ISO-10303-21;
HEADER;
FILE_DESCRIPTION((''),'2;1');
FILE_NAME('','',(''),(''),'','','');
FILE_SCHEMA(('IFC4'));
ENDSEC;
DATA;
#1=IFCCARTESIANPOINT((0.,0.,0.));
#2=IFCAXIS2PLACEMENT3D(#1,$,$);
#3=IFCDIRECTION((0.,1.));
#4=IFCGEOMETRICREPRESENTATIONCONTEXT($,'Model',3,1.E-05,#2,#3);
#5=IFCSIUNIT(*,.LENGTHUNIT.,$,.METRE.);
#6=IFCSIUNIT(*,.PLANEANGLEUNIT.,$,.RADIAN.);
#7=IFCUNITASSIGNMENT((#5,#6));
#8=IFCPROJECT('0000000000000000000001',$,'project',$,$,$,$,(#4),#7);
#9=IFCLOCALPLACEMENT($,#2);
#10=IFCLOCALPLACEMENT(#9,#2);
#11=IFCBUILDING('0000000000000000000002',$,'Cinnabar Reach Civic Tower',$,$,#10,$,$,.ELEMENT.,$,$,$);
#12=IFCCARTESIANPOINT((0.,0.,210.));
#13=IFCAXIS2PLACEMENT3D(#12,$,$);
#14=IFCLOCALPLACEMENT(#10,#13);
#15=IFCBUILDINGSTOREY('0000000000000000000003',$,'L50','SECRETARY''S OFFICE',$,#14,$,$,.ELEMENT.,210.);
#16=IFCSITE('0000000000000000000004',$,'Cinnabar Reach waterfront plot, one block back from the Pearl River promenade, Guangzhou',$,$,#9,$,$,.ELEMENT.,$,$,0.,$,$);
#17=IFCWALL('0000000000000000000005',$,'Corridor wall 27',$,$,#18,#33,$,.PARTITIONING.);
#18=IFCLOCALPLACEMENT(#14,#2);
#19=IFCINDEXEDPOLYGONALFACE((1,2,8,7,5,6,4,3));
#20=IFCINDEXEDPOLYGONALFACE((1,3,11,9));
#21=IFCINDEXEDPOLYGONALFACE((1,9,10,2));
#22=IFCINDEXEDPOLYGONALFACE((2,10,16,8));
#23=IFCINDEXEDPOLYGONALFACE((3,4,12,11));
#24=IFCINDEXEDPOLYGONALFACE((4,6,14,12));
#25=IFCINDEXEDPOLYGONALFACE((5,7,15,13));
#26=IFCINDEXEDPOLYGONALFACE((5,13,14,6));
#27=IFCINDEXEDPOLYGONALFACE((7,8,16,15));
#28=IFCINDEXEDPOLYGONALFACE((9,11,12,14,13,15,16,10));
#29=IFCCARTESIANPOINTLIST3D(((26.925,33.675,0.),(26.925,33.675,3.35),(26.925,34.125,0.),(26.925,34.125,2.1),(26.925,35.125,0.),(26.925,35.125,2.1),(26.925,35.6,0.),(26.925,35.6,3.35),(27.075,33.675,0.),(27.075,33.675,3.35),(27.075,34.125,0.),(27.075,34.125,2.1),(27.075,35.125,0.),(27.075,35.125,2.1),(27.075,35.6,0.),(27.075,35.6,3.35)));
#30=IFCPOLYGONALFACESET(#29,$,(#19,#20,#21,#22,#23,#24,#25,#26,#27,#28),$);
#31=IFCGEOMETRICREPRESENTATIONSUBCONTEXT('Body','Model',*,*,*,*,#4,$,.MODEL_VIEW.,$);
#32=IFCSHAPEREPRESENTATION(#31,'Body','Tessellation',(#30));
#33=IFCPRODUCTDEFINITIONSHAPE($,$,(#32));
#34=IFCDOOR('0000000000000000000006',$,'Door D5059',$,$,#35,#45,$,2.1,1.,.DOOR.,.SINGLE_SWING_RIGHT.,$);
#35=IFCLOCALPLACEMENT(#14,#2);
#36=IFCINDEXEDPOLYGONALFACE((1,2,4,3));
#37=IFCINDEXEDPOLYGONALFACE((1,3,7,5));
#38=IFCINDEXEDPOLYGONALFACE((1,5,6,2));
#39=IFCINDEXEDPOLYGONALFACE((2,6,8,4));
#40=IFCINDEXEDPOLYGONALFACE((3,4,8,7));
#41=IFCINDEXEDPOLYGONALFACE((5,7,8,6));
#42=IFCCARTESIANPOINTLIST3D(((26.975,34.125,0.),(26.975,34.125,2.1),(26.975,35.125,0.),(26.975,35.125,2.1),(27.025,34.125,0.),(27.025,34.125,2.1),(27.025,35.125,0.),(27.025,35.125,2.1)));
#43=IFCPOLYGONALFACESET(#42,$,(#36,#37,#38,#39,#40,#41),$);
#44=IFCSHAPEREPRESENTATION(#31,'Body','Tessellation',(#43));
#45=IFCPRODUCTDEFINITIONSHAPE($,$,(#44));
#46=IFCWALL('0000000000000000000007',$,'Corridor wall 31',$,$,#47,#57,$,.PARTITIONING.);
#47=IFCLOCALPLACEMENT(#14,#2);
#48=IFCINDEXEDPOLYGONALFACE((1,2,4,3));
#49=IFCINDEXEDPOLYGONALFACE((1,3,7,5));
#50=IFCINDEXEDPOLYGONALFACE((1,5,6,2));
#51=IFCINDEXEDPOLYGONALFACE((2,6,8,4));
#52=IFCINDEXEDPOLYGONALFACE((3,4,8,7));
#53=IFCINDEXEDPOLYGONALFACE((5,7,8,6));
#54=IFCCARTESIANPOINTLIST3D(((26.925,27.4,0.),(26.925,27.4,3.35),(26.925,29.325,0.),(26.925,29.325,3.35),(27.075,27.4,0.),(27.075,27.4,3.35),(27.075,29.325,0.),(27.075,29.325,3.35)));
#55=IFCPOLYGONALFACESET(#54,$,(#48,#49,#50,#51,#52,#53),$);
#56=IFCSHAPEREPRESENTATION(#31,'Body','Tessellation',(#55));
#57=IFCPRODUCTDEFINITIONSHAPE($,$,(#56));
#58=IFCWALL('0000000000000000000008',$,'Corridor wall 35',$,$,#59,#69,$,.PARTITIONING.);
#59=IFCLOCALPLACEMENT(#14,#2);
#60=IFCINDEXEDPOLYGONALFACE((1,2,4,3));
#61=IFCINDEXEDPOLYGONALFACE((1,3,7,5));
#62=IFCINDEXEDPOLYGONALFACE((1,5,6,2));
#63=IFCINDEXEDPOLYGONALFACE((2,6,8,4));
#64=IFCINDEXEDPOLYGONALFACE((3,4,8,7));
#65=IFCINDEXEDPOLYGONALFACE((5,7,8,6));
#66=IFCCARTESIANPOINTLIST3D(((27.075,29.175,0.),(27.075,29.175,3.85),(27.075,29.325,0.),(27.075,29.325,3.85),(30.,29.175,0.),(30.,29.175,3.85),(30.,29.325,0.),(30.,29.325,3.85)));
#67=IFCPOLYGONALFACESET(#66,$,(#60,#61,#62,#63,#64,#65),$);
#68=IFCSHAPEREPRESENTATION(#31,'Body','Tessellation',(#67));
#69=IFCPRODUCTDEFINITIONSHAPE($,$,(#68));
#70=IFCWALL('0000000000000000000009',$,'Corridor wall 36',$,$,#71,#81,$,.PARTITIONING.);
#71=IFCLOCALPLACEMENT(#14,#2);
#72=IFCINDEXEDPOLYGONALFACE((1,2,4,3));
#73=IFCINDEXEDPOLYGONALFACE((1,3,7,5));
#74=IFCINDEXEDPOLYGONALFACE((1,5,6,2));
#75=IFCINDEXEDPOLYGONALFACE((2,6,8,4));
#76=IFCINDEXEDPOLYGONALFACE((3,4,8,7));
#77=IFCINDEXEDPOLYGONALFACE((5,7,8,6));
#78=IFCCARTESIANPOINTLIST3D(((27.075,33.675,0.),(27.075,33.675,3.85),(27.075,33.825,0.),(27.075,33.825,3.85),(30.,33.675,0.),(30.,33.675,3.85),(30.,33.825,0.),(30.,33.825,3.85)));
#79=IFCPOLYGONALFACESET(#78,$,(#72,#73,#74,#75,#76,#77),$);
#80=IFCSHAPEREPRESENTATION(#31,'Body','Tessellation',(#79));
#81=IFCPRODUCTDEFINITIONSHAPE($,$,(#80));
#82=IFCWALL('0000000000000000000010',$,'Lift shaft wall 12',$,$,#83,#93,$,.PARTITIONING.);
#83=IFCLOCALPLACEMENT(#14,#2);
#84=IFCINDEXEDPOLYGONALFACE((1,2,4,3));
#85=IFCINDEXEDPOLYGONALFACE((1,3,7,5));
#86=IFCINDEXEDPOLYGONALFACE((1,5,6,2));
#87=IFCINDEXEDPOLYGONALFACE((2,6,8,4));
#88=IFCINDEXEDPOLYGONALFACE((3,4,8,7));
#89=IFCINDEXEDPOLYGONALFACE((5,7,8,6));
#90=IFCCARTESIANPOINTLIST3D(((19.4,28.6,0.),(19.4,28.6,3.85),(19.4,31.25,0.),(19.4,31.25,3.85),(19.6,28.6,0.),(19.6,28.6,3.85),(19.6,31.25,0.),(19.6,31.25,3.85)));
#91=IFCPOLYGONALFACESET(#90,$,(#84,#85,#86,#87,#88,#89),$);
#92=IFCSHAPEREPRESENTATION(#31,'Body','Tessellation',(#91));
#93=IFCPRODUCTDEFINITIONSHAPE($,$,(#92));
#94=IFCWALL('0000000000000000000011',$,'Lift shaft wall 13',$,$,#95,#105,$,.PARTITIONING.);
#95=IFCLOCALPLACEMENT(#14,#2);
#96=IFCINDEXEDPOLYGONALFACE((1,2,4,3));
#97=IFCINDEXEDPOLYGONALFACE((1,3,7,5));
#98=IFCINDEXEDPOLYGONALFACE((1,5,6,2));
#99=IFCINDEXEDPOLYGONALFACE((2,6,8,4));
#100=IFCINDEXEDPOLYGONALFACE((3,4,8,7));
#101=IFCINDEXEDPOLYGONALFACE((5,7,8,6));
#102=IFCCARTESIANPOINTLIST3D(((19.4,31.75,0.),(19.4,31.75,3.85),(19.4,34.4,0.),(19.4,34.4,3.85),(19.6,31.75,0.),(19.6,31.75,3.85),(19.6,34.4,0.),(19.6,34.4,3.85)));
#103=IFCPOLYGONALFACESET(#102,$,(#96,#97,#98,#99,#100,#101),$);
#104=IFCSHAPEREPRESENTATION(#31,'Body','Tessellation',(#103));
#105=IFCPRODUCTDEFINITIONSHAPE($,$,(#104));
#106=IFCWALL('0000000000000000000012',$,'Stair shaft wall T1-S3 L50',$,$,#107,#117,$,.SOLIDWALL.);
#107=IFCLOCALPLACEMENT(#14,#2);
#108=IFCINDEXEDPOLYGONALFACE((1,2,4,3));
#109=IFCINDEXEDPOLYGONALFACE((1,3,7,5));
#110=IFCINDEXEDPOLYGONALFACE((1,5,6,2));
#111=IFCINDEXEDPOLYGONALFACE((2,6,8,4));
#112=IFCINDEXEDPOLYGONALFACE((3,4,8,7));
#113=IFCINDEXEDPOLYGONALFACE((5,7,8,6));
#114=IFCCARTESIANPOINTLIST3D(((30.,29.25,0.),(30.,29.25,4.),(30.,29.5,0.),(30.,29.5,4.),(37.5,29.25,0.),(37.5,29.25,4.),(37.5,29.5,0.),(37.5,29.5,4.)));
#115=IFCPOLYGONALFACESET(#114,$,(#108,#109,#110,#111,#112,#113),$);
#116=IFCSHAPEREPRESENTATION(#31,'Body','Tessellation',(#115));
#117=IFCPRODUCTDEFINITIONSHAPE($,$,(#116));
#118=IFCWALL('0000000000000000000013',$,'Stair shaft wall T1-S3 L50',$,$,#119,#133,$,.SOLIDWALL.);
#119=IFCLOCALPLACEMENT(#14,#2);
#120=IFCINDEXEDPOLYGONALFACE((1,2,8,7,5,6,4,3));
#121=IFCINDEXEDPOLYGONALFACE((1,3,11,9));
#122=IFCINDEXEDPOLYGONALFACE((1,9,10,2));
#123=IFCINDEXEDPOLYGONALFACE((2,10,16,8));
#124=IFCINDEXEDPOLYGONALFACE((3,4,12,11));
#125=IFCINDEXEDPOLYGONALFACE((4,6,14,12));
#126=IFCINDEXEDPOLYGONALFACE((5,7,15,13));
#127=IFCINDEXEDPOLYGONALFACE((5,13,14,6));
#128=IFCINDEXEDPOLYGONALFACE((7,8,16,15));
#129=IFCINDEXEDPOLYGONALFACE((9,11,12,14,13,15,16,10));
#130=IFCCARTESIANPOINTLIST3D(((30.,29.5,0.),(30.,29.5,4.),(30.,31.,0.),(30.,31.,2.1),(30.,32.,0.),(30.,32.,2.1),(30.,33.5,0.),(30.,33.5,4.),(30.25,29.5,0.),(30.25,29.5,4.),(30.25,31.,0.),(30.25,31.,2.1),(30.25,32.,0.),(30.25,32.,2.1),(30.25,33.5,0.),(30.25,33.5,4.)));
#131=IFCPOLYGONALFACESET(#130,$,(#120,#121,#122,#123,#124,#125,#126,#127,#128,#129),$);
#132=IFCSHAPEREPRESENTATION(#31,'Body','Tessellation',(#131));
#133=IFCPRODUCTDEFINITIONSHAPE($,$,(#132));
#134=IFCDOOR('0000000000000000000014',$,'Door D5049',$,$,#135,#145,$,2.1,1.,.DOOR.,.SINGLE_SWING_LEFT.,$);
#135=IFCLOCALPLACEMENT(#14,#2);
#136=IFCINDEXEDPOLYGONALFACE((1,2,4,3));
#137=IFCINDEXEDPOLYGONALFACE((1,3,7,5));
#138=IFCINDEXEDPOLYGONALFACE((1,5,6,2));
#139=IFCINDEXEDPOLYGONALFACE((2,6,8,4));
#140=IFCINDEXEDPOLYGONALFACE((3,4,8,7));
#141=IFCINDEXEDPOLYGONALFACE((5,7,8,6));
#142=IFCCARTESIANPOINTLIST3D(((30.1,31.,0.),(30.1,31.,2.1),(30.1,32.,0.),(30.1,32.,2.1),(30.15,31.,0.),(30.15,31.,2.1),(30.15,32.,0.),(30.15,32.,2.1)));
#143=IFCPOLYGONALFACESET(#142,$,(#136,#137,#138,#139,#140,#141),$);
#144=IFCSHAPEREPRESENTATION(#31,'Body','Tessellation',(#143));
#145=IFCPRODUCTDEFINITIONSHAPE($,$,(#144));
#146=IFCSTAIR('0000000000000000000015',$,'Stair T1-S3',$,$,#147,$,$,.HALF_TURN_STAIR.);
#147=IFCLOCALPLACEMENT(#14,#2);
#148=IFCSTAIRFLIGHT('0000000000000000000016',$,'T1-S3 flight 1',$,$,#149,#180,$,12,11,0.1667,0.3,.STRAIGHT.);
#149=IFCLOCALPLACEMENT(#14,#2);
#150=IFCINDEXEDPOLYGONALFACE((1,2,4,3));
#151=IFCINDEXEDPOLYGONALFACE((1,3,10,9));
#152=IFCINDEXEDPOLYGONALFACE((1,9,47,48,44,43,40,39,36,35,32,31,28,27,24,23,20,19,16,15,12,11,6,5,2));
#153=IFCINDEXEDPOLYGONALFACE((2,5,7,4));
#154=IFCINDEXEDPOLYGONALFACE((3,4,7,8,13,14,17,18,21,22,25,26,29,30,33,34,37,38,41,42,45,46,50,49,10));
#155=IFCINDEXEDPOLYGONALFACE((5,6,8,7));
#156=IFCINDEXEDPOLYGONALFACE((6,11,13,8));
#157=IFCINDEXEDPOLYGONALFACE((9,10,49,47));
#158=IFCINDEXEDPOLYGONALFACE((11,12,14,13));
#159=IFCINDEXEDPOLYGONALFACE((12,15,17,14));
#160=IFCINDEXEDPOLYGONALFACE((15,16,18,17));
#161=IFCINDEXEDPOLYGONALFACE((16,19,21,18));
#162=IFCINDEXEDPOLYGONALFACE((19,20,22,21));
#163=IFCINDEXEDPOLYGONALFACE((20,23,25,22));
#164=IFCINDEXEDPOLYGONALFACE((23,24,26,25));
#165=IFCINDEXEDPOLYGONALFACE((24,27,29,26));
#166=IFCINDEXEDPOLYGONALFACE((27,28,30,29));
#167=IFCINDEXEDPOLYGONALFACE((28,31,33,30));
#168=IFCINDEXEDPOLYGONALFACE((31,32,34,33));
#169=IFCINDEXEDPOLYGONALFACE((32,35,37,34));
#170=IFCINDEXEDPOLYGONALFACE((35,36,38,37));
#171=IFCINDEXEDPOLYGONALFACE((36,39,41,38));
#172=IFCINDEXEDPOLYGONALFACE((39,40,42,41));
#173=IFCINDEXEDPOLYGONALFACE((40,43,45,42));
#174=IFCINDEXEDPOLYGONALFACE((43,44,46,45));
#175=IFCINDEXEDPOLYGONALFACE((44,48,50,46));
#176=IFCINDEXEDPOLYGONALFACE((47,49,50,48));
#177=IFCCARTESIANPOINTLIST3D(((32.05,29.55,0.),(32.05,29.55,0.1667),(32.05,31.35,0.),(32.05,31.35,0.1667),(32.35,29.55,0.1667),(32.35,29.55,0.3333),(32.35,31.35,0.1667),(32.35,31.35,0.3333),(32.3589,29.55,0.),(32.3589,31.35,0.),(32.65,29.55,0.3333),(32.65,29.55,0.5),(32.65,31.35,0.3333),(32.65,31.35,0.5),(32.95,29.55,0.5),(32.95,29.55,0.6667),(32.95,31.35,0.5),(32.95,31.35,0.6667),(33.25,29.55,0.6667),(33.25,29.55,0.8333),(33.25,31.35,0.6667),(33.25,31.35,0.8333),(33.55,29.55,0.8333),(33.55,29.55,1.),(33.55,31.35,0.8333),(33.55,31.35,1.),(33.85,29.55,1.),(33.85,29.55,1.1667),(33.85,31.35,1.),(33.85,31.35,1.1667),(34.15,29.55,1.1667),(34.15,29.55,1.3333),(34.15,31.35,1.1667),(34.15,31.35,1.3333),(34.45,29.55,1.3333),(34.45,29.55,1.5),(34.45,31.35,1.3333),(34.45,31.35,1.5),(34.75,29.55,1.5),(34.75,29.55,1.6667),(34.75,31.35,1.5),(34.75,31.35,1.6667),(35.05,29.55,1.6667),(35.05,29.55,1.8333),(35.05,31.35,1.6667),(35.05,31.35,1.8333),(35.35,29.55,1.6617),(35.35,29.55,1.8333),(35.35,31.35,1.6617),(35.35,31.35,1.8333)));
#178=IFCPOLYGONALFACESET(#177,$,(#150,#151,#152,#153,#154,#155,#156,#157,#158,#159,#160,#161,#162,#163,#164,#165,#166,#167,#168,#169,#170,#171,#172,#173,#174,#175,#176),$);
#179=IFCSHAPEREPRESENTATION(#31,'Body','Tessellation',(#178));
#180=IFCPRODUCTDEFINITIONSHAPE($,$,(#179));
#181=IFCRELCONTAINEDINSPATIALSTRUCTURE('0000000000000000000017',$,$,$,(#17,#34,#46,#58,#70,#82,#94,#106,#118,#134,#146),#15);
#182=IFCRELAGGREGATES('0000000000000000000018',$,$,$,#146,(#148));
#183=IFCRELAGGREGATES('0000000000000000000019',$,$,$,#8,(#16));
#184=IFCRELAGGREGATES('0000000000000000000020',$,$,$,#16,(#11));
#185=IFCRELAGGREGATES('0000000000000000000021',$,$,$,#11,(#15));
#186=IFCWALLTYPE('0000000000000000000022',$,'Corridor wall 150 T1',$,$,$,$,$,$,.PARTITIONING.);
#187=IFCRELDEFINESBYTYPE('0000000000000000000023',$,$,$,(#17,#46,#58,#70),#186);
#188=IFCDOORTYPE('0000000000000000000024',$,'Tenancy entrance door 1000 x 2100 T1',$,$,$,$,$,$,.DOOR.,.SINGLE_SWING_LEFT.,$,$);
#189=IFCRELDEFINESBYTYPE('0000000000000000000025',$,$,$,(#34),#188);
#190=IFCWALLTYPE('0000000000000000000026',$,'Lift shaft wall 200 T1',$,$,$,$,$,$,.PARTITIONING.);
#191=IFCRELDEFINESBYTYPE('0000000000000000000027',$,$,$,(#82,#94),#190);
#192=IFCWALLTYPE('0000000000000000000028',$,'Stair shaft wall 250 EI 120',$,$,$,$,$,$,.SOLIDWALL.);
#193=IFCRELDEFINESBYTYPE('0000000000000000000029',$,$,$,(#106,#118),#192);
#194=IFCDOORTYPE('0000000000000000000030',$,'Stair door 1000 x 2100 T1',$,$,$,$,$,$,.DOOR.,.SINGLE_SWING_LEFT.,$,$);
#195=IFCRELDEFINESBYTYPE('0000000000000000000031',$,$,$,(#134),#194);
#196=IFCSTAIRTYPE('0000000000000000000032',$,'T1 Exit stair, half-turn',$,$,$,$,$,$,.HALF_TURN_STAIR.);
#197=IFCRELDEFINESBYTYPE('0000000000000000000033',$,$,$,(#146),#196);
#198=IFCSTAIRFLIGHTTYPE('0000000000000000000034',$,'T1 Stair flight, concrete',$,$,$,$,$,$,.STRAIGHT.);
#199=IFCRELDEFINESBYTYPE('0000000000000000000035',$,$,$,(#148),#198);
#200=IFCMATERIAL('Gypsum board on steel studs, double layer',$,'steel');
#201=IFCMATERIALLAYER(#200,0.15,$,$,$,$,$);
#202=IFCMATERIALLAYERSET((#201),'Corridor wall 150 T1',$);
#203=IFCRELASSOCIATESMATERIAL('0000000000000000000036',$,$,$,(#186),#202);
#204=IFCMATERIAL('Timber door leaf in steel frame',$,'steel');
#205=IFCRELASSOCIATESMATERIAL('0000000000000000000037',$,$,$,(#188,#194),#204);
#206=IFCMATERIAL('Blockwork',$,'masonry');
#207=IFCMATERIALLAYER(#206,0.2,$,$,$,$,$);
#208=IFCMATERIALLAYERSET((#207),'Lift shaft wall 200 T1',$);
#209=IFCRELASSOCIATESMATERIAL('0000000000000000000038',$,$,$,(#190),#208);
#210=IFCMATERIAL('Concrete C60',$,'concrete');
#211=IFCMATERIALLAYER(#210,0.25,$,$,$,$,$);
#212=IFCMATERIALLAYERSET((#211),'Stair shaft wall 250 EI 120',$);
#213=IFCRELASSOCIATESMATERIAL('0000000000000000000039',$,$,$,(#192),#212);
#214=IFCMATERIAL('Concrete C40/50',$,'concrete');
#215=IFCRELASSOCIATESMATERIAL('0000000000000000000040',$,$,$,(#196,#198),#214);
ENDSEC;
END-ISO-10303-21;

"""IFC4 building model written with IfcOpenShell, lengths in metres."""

from ifc_helpers import new_model, si_unit, direction, frame, frame_2d, origin, place, context, subcontext, project, spatial, polyline, rectangle, outline, extrude, material, layer, layer_set, type_object, element, fill, aggregate, save


model = new_model("IFC4")

# Units and contexts
model_context = context("Model", 3, precision=1e-05, world=origin(), true_north=direction((0.0, 1.0)))
body_context = subcontext(model_context, "Body", "Model", "MODEL_VIEW")
ifc_project = project(units=[si_unit("LENGTHUNIT", "METRE"), si_unit("PLANEANGLEUNIT", "RADIAN")], contexts=[model_context])

# Site, building, storey
site_placement = place(None, origin())
site = spatial("IfcSite", under=ifc_project, at=site_placement, Name="Cinnabar Reach waterfront plot, one block back from the Pearl River promenade, Guangzhou", CompositionType="ELEMENT", RefElevation=0.0)
building_placement = place(site_placement, origin())
building = spatial("IfcBuilding", under=site, at=building_placement, Name="Cinnabar Reach Civic Tower", CompositionType="ELEMENT")
storey_placement = place(building_placement, frame((0.0, 0.0, 210.0)))
storey = spatial("IfcBuildingStorey", under=building, at=storey_placement, Name="L50", Description="SECRETARY'S OFFICE", CompositionType="ELEMENT", Elevation=210.0)

# Shared definitions
ifc_material_1 = material(Name="Concrete C60", Category="concrete")

# Shared definitions
ifc_material_2 = material(Name="Timber door leaf in steel frame", Category="steel")

# Wall, opening, door
ifc_material_3 = material(Name="Gypsum board on steel studs, double layer", Category="steel")
ifc_layer_1 = layer(ifc_material_3, 0.15)
ifc_layer_set_1 = layer_set([ifc_layer_1], Name="Corridor wall 150 T1")
wall_type_1 = type_object("IfcWallType", Name="Corridor wall 150 T1", PredefinedType="PARTITIONING", material=ifc_layer_set_1)
wall_1_placement = place(storey_placement, frame((27.0, 33.675, 0.0), z_axis=(0.0, 0.0, 1.0), x_axis=(0.0, 1.0, 0.0)))
wall_1 = element("IfcWall", 1, at=wall_1_placement, inside=storey, type_object=wall_type_1, Name="Corridor wall 27", PredefinedType="PARTITIONING", context=body_context, shape_type="SweptSolid", body=[
    extrude(rectangle(XDim=1.925, YDim=0.15, at=frame_2d((0.9625, 0.0))), origin(), (0.0, 0.0, 1.0), 3.35),
])
opening_1_placement = place(wall_1_placement, frame((0.45, 0.0, 0.0)))
opening_1 = element("IfcOpeningElement", 2, at=opening_1_placement, cuts=wall_1, PredefinedType="OPENING", context=body_context, shape_type="SweptSolid", body=[
    extrude(rectangle(XDim=1.0, YDim=2.1, at=frame_2d((0.5, 1.05))), frame((0.0, 0.085, 0.0), z_axis=(0.0, -1.0, 0.0), x_axis=(1.0, 0.0, 0.0)), (0.0, 0.0, 1.0), 0.17),
])
door_type_1 = type_object("IfcDoorType", Name="Tenancy entrance door 1000 x 2100 T1", OperationType="SINGLE_SWING_LEFT", PredefinedType="DOOR", material=ifc_material_2)
door_1_placement = place(opening_1_placement, frame((1.0, 0.0, 0.0), z_axis=(0.0, 0.0, 1.0), x_axis=(-1.0, 0.0, 0.0)))
door_1 = element("IfcDoor", 3, at=door_1_placement, inside=storey, type_object=door_type_1, Name="Door D5059", OperationType="SINGLE_SWING_RIGHT", OverallHeight=2.1, OverallWidth=1.0, PredefinedType="DOOR", context=body_context, shape_type="SweptSolid", body=[
    extrude(rectangle(XDim=1.0, YDim=2.1, at=frame_2d((0.5, 1.05))), frame((0.0, 0.025, 0.0), z_axis=(0.0, -1.0, 0.0), x_axis=(1.0, 0.0, 0.0)), (0.0, 0.0, 1.0), 0.05),
])
fill(opening_1, door_1)

# Walls
wall_2_placement = place(storey_placement, frame((27.0, 27.4, 0.0), z_axis=(0.0, 0.0, 1.0), x_axis=(0.0, 1.0, 0.0)))
element("IfcWall", 4, at=wall_2_placement, inside=storey, type_object=wall_type_1, Name="Corridor wall 31", PredefinedType="PARTITIONING", context=body_context, shape_type="SweptSolid", body=[
    extrude(rectangle(XDim=1.925, YDim=0.15, at=frame_2d((0.9625, 0.0))), origin(), (0.0, 0.0, 1.0), 3.35),
])
for number, where, z_axis, x_axis, name in (
    (5, (27.075, 29.25, 0.0), (0.0, 0.0, 1.0), (1.0, 0.0, 0.0), "Corridor wall 35"),
    (6, (27.075, 33.75, 0.0), (0.0, 0.0, 1.0), (1.0, 0.0, 0.0), "Corridor wall 36"),
):
    element("IfcWall", number, at=place(storey_placement, frame(where, z_axis=z_axis, x_axis=x_axis)), inside=storey, type_object=wall_type_1, Name=name, PredefinedType="PARTITIONING", context=body_context, shape_type="SweptSolid", body=[
        extrude(rectangle(XDim=2.925, YDim=0.15, at=frame_2d((1.4625, 0.0))), origin(), (0.0, 0.0, 1.0), 3.85),
    ])
ifc_material_4 = material(Name="Blockwork", Category="masonry")
ifc_layer_2 = layer(ifc_material_4, 0.2)
ifc_layer_set_2 = layer_set([ifc_layer_2], Name="Lift shaft wall 200 T1")
wall_type_2 = type_object("IfcWallType", Name="Lift shaft wall 200 T1", PredefinedType="PARTITIONING", material=ifc_layer_set_2)
for number, where, z_axis, x_axis, name in (
    (7, (19.5, 28.6, 0.0), (0.0, 0.0, 1.0), (0.0, 1.0, 0.0), "Lift shaft wall 12"),
    (8, (19.5, 31.75, 0.0), (0.0, 0.0, 1.0), (0.0, 1.0, 0.0), "Lift shaft wall 13"),
):
    element("IfcWall", number, at=place(storey_placement, frame(where, z_axis=z_axis, x_axis=x_axis)), inside=storey, type_object=wall_type_2, Name=name, PredefinedType="PARTITIONING", context=body_context, shape_type="SweptSolid", body=[
        extrude(rectangle(XDim=2.65, YDim=0.2, at=frame_2d((1.325, 0.0))), origin(), (0.0, 0.0, 1.0), 3.85),
    ])
ifc_layer_3 = layer(ifc_material_1, 0.25)
ifc_layer_set_3 = layer_set([ifc_layer_3], Name="Stair shaft wall 250 EI 120")
wall_type_3 = type_object("IfcWallType", Name="Stair shaft wall 250 EI 120", PredefinedType="SOLIDWALL", material=ifc_layer_set_3)
wall_3_placement = place(storey_placement, frame((30.0, 29.375, 0.0), z_axis=(0.0, 0.0, 1.0), x_axis=(1.0, 0.0, 0.0)))
element("IfcWall", 9, at=wall_3_placement, inside=storey, type_object=wall_type_3, Name="Stair shaft wall T1-S3 L50", PredefinedType="SOLIDWALL", context=body_context, shape_type="SweptSolid", body=[
    extrude(rectangle(XDim=7.5, YDim=0.25, at=frame_2d((3.75, 0.0))), origin(), (0.0, 0.0, 1.0), 4.0),
])

# Wall, opening, door
wall_4_placement = place(storey_placement, frame((30.125, 33.5, 0.0), z_axis=(0.0, 0.0, 1.0), x_axis=(0.0, -1.0, 0.0)))
wall_4 = element("IfcWall", 10, at=wall_4_placement, inside=storey, type_object=wall_type_3, Name="Stair shaft wall T1-S3 L50", PredefinedType="SOLIDWALL", context=body_context, shape_type="SweptSolid", body=[
    extrude(rectangle(XDim=4.0, YDim=0.25, at=frame_2d((2.0, 0.0))), origin(), (0.0, 0.0, 1.0), 4.0),
])
opening_2_placement = place(wall_4_placement, frame((1.5, 0.0, 0.0)))
opening_2 = element("IfcOpeningElement", 11, at=opening_2_placement, cuts=wall_4, PredefinedType="OPENING", context=body_context, shape_type="SweptSolid", body=[
    extrude(rectangle(XDim=1.0, YDim=2.1, at=frame_2d((0.5, 1.05))), frame((0.0, 0.135, 0.0), z_axis=(0.0, -1.0, 0.0), x_axis=(1.0, 0.0, 0.0)), (0.0, 0.0, 1.0), 0.27),
])
door_type_2 = type_object("IfcDoorType", Name="Stair door 1000 x 2100 T1", OperationType="SINGLE_SWING_LEFT", PredefinedType="DOOR", material=ifc_material_2)
door_2_placement = place(opening_2_placement, origin())
door_2 = element("IfcDoor", 12, at=door_2_placement, inside=storey, type_object=door_type_2, Name="Door D5049", OperationType="SINGLE_SWING_LEFT", OverallHeight=2.1, OverallWidth=1.0, PredefinedType="DOOR", context=body_context, shape_type="SweptSolid", body=[
    extrude(rectangle(XDim=1.0, YDim=2.1, at=frame_2d((0.5, 1.05))), frame((0.0, 0.025, 0.0), z_axis=(0.0, -1.0, 0.0), x_axis=(1.0, 0.0, 0.0)), (0.0, 0.0, 1.0), 0.05),
])
fill(opening_2, door_2)

# Stair, stair flight
ifc_material_5 = material(Name="Concrete C40/50", Category="concrete")
stair_type = type_object("IfcStairType", Name="T1 Exit stair, half-turn", PredefinedType="HALF_TURN_STAIR", material=ifc_material_5)
stair_placement = place(storey_placement, origin())
stair = element("IfcStair", 13, at=stair_placement, inside=storey, type_object=stair_type, Name="Stair T1-S3", PredefinedType="HALF_TURN_STAIR")
stair_flight_type = type_object("IfcStairFlightType", Name="T1 Stair flight, concrete", PredefinedType="STRAIGHT", material=ifc_material_5)
stair_flight_placement = place(storey_placement, frame((32.05, 30.45, 0.0), z_axis=(0.0, 0.0, 1.0), x_axis=(1.0, 0.0, 0.0)))
stair_flight = element("IfcStairFlight", 14, at=stair_flight_placement, type_object=stair_flight_type, Name="T1-S3 flight 1", NumberOfRisers=12, NumberOfTreads=11, PredefinedType="STRAIGHT", RiserHeight=0.1667, TreadLength=0.3, context=body_context, shape_type="SweptSolid", body=[
    extrude(outline(polyline([(0.0, 0.0), (0.0, 0.1667), (0.3, 0.1667), (0.3, 0.3333), (0.6, 0.3333), (0.6, 0.5), (0.9, 0.5), (0.9, 0.6667), (1.2, 0.6667), (1.2, 0.8333), (1.5, 0.8333), (1.5, 1.0), (1.8, 1.0), (1.8, 1.1667), (2.1, 1.1667), (2.1, 1.3333), (2.4, 1.3333), (2.4, 1.5), (2.7, 1.5), (2.7, 1.6667), (3.0, 1.6667), (3.0, 1.8333), (3.3, 1.8333), (3.3, 2.0), (3.3, 1.6617), (0.3089, 0.0), (0.0, 0.0)])), frame((0.0, 0.9, 0.0), z_axis=(0.0, -1.0, 0.0), x_axis=(1.0, 0.0, 0.0)), (0.0, 0.0, 1.0), 1.8),
])
aggregate(stair, [stair_flight])

save(model, "model.ifc")
